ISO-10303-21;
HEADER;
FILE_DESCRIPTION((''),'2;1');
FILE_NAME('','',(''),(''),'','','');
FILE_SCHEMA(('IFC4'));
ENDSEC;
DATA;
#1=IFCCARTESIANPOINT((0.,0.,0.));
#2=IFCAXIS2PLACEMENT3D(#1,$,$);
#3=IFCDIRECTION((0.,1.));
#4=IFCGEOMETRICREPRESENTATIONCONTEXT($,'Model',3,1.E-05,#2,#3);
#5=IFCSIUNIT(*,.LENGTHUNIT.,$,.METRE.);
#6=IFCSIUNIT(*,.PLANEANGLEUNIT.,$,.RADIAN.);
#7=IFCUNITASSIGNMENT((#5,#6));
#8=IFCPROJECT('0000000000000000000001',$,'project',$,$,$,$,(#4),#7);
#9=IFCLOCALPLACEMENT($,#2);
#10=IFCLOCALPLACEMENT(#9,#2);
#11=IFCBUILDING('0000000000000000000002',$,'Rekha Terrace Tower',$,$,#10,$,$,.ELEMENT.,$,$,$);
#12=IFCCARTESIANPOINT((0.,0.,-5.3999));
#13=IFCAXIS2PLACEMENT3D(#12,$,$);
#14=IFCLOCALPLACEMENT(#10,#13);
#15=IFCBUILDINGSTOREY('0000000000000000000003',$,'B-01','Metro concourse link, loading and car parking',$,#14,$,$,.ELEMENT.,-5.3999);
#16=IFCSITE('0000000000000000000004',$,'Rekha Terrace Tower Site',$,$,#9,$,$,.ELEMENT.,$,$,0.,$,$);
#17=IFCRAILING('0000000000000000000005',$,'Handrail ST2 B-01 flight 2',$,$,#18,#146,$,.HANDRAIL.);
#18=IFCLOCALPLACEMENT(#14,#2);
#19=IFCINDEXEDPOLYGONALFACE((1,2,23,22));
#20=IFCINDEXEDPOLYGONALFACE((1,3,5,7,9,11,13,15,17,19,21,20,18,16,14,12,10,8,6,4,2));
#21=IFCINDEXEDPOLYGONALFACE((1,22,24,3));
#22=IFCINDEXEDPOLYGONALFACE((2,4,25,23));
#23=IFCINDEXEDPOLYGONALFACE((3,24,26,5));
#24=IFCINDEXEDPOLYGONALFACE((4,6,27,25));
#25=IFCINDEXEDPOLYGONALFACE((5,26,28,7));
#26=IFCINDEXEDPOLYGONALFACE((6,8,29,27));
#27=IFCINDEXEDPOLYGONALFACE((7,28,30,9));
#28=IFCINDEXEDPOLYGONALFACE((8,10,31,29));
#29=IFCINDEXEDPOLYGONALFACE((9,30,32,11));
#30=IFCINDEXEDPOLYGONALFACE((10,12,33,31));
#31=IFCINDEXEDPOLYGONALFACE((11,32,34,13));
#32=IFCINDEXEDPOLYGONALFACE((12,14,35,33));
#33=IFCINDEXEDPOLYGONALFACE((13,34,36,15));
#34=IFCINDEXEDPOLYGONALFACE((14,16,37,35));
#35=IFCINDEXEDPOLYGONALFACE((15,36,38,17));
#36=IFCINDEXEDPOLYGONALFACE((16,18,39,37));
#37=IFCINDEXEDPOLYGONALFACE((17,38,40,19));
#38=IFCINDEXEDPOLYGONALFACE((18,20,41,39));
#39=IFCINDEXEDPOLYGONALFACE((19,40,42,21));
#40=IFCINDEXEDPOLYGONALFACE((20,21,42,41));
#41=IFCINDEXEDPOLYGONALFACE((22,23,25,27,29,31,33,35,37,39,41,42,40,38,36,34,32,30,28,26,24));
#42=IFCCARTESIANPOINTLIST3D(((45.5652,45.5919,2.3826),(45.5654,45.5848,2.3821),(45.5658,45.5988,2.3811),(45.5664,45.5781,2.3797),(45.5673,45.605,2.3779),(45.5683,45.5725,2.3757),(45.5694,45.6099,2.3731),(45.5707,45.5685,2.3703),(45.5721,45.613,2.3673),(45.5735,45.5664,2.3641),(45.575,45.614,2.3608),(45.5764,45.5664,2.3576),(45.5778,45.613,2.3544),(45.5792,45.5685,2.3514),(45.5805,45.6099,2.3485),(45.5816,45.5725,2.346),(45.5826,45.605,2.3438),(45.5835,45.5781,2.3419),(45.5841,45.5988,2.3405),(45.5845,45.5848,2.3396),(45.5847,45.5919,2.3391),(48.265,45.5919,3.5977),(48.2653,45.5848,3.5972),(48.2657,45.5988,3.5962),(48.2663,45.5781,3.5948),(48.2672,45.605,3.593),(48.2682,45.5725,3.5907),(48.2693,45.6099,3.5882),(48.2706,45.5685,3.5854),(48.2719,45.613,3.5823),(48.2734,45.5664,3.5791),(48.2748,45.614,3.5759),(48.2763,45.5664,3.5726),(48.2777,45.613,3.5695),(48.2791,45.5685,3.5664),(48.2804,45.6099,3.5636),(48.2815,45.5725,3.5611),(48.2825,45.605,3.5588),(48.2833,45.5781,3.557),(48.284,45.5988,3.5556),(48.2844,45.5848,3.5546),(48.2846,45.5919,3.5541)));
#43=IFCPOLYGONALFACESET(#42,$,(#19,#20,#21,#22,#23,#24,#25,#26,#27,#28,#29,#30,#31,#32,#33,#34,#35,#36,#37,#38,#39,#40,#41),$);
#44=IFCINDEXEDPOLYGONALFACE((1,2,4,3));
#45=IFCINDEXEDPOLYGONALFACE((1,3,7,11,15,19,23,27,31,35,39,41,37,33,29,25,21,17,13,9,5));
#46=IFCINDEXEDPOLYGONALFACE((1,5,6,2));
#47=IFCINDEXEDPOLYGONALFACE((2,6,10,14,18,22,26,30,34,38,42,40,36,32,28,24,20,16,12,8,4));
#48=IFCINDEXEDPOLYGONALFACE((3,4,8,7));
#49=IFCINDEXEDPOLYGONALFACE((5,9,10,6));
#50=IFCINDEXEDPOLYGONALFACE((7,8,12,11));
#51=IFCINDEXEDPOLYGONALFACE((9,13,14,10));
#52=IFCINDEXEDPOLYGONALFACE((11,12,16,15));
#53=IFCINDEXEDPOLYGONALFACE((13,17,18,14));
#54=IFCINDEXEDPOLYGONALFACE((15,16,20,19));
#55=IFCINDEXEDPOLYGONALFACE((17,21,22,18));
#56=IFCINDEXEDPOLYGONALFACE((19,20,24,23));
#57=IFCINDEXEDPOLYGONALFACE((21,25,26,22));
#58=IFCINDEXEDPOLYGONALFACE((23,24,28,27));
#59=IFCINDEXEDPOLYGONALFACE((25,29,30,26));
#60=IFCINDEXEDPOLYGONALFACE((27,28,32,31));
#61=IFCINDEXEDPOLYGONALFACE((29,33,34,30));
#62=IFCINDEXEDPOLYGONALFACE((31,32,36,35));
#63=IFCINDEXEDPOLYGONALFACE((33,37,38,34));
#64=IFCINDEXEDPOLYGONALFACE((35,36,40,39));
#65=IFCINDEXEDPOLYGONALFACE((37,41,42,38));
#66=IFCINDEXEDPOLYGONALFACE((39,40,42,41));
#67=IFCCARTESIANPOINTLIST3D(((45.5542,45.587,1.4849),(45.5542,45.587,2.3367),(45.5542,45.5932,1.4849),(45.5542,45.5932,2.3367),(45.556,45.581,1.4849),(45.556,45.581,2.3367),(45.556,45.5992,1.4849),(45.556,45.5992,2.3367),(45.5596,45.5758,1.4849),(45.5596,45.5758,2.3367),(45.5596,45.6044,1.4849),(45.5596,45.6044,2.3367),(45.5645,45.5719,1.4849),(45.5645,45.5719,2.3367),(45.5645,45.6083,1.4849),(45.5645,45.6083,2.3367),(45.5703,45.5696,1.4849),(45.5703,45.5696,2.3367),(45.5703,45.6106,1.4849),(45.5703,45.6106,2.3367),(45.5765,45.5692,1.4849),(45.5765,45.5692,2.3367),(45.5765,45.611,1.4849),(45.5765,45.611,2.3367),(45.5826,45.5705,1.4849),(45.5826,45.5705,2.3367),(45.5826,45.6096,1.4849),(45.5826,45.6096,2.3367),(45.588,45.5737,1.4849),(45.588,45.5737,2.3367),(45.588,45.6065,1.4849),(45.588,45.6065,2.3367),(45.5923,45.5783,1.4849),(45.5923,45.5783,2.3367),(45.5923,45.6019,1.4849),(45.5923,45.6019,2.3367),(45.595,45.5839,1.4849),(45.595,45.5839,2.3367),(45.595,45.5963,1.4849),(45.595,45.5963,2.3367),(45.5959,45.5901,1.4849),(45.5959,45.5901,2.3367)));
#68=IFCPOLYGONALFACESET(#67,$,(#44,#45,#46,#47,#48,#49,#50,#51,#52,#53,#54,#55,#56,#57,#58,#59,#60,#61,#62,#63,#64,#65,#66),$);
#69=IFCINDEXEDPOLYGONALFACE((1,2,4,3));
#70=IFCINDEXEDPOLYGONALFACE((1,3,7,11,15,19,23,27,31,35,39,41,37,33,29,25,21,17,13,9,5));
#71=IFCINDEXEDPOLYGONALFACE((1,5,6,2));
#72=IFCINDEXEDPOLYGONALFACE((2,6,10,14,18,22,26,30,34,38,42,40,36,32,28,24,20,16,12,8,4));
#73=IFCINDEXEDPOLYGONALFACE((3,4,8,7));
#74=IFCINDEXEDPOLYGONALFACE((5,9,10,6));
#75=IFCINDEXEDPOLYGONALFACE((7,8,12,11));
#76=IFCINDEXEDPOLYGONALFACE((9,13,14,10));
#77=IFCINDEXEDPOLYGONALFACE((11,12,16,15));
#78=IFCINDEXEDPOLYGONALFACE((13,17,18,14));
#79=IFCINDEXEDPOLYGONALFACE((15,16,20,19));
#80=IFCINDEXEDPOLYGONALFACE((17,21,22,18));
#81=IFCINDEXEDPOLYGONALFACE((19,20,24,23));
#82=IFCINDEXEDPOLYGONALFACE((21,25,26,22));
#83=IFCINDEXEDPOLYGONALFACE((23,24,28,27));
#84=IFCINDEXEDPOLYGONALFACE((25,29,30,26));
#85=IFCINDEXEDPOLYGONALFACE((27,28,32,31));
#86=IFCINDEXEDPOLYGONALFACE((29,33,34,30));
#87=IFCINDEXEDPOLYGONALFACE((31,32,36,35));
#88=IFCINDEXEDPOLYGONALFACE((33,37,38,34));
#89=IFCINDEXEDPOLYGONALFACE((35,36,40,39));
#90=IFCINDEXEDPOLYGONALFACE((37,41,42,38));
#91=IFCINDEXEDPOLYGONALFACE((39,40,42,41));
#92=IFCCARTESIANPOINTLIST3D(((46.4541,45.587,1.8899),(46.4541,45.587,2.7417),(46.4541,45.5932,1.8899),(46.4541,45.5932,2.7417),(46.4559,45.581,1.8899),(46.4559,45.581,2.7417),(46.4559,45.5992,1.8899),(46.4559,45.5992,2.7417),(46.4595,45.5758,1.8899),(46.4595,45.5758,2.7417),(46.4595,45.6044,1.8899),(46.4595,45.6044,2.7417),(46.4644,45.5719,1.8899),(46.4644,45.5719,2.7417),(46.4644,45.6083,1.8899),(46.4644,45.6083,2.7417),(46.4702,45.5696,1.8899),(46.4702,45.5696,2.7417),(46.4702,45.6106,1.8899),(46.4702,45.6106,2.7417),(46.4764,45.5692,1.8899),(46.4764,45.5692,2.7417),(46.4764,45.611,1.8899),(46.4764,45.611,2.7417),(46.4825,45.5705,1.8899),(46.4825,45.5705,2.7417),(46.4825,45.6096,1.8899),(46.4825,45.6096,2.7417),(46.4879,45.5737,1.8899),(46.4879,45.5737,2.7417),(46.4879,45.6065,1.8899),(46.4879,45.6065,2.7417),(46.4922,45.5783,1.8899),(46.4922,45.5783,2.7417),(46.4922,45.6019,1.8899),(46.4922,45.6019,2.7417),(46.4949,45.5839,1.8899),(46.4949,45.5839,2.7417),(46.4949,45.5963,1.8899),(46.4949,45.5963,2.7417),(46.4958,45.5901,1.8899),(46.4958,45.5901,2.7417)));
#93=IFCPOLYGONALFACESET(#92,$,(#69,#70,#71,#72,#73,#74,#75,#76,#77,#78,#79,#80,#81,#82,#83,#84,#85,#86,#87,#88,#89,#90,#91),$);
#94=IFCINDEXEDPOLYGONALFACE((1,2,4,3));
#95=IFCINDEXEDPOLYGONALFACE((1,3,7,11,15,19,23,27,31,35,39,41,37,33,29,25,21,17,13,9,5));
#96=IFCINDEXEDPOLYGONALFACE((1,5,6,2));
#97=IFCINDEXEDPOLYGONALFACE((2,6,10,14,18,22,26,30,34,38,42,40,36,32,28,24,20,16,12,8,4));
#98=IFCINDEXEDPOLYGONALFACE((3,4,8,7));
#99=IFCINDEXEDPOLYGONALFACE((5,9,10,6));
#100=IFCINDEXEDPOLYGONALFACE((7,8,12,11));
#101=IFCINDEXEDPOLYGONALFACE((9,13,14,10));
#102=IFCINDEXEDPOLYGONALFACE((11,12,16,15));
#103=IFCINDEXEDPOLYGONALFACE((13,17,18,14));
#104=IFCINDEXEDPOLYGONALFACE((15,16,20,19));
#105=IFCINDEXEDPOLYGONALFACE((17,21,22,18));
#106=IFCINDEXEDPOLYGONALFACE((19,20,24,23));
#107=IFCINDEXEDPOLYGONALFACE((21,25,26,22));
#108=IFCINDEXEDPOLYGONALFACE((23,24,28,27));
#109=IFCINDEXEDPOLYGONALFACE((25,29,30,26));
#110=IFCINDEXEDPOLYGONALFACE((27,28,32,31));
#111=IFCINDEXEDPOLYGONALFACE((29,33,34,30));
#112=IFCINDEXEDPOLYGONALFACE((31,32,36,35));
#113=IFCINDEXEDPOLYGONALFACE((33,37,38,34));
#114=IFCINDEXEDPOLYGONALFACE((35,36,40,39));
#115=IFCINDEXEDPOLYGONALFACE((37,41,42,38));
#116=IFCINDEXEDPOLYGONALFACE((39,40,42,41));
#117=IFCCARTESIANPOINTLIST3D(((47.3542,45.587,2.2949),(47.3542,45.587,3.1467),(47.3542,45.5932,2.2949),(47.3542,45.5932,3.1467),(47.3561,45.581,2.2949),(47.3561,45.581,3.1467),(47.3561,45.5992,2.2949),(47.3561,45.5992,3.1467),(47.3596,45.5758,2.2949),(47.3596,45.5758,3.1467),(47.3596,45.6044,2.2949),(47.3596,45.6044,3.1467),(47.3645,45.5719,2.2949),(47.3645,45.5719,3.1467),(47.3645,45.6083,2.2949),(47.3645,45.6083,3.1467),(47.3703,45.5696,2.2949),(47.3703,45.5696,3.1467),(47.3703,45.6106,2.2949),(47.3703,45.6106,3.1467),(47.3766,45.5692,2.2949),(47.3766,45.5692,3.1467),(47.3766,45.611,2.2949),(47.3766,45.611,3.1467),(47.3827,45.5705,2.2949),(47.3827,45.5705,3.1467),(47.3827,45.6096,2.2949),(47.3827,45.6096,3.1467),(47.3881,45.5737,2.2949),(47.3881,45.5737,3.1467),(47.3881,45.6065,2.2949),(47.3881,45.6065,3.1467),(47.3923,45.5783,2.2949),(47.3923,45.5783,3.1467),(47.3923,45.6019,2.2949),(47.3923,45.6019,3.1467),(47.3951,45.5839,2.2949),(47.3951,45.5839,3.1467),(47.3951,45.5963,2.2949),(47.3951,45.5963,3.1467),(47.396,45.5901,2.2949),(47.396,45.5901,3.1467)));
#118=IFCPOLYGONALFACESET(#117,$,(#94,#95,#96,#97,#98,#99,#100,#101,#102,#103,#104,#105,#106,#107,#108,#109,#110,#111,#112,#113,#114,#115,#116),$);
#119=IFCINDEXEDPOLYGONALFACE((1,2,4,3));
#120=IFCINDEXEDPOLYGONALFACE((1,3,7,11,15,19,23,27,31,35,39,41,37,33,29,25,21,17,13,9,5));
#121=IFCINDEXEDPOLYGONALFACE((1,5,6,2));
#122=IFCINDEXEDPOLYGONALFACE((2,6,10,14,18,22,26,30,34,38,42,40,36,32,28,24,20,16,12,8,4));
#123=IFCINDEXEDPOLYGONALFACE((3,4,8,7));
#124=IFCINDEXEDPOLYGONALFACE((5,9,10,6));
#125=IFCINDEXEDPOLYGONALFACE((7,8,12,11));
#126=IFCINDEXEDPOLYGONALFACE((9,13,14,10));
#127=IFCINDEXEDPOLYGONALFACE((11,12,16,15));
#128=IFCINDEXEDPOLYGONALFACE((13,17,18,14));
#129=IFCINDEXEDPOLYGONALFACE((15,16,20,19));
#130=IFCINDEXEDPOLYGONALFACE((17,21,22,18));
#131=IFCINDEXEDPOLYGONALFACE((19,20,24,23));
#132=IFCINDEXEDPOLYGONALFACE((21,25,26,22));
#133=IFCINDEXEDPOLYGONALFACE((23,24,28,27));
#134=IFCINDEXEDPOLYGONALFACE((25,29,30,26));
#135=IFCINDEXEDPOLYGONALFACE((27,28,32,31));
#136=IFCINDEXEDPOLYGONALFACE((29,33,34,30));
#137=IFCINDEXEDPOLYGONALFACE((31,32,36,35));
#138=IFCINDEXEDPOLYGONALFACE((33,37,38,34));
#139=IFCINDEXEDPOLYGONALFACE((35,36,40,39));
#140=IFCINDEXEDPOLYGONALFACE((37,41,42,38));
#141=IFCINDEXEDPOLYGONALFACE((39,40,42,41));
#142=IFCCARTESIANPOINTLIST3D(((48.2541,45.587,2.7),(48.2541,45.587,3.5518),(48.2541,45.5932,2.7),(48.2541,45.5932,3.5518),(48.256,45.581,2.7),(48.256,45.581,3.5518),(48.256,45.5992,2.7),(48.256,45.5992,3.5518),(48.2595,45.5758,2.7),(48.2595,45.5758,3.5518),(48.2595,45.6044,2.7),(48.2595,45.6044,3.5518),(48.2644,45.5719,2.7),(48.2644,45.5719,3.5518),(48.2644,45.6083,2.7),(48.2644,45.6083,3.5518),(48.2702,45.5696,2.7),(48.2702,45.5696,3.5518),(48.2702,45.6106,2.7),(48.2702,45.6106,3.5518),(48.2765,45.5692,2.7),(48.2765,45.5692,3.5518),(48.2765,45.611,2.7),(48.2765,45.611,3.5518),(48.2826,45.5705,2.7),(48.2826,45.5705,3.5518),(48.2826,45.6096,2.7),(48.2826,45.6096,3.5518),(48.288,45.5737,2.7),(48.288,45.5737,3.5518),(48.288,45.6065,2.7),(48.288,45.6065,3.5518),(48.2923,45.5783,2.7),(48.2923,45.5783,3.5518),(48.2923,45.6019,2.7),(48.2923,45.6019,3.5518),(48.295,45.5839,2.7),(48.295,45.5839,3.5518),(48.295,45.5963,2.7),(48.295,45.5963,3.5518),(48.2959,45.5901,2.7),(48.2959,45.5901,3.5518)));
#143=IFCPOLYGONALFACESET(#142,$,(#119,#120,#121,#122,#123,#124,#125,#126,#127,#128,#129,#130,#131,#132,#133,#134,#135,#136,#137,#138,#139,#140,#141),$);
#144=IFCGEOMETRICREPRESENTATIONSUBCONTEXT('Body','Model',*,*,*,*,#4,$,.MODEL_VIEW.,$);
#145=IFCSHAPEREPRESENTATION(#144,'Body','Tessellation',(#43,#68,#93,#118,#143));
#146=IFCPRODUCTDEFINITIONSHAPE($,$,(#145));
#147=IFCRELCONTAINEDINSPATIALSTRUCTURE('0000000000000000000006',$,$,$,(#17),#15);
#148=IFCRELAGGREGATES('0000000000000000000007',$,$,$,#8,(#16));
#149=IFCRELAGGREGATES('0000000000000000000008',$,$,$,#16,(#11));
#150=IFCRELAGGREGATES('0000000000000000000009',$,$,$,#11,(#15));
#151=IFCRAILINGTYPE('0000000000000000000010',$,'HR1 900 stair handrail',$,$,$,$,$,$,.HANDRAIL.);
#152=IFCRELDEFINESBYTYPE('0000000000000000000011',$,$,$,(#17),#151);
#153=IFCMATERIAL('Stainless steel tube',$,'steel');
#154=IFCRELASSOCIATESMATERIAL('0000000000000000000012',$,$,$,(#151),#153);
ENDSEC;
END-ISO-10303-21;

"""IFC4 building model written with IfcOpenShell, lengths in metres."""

from ifc_helpers import new_model, si_unit, direction, frame, origin, origin_2d, place, context, subcontext, project, spatial, circle, extrude, material, type_object, element, save


model = new_model("IFC4")

# Units and contexts
model_context = context("Model", 3, precision=1e-05, world=origin(), true_north=direction((0.0, 1.0)))
body_context = subcontext(model_context, "Body", "Model", "MODEL_VIEW")
ifc_project = project(units=[si_unit("LENGTHUNIT", "METRE"), si_unit("PLANEANGLEUNIT", "RADIAN")], contexts=[model_context])

# Site, building, storey
site_placement = place(None, origin())
site = spatial("IfcSite", under=ifc_project, at=site_placement, Name="Rekha Terrace Tower Site", CompositionType="ELEMENT", RefElevation=0.0)
building_placement = place(site_placement, origin())
building = spatial("IfcBuilding", under=site, at=building_placement, Name="Rekha Terrace Tower", CompositionType="ELEMENT")
storey_placement = place(building_placement, frame((0.0, 0.0, -5.3999)))
storey = spatial("IfcBuildingStorey", under=building, at=storey_placement, Name="B-01", Description="Metro concourse link, loading and car parking", CompositionType="ELEMENT", Elevation=-5.3999)

# Railing
ifc_material_1 = material(Name="Stainless steel tube", Category="steel")
railing_type_1 = type_object("IfcRailingType", Name="HR1 900 stair handrail", PredefinedType="HANDRAIL", material=ifc_material_1)
railing_1_placement = place(storey_placement, frame((45.575, 45.5901, 1.4849)))
element("IfcRailing", 1, at=railing_1_placement, inside=storey, type_object=railing_type_1, Name="Handrail ST2 B-01 flight 2", PredefinedType="HANDRAIL", context=body_context, shape_type="SweptSolid", body=[
    extrude(circle(Radius=0.0239, at=origin_2d()), frame((0.0, 0.0, 0.876), z_axis=(0.911908, 0.0, 0.410396), x_axis=(0.0, 1.0, 0.0)), (0.0, 0.0, 1.0), 2.9607),
    extrude(circle(Radius=0.021, at=origin_2d()), origin(), (0.0, 0.0, 1.0), 0.8518),
    extrude(circle(Radius=0.021, at=origin_2d()), frame((0.8999, 0.0, 0.405)), (0.0, 0.0, 1.0), 0.8518),
    extrude(circle(Radius=0.021, at=origin_2d()), frame((1.8, 0.0, 0.8101)), (0.0, 0.0, 1.0), 0.8518),
    extrude(circle(Radius=0.021, at=origin_2d()), frame((2.7, 0.0, 1.2151)), (0.0, 0.0, 1.0), 0.8518),
])

save(model, "model.ifc")
